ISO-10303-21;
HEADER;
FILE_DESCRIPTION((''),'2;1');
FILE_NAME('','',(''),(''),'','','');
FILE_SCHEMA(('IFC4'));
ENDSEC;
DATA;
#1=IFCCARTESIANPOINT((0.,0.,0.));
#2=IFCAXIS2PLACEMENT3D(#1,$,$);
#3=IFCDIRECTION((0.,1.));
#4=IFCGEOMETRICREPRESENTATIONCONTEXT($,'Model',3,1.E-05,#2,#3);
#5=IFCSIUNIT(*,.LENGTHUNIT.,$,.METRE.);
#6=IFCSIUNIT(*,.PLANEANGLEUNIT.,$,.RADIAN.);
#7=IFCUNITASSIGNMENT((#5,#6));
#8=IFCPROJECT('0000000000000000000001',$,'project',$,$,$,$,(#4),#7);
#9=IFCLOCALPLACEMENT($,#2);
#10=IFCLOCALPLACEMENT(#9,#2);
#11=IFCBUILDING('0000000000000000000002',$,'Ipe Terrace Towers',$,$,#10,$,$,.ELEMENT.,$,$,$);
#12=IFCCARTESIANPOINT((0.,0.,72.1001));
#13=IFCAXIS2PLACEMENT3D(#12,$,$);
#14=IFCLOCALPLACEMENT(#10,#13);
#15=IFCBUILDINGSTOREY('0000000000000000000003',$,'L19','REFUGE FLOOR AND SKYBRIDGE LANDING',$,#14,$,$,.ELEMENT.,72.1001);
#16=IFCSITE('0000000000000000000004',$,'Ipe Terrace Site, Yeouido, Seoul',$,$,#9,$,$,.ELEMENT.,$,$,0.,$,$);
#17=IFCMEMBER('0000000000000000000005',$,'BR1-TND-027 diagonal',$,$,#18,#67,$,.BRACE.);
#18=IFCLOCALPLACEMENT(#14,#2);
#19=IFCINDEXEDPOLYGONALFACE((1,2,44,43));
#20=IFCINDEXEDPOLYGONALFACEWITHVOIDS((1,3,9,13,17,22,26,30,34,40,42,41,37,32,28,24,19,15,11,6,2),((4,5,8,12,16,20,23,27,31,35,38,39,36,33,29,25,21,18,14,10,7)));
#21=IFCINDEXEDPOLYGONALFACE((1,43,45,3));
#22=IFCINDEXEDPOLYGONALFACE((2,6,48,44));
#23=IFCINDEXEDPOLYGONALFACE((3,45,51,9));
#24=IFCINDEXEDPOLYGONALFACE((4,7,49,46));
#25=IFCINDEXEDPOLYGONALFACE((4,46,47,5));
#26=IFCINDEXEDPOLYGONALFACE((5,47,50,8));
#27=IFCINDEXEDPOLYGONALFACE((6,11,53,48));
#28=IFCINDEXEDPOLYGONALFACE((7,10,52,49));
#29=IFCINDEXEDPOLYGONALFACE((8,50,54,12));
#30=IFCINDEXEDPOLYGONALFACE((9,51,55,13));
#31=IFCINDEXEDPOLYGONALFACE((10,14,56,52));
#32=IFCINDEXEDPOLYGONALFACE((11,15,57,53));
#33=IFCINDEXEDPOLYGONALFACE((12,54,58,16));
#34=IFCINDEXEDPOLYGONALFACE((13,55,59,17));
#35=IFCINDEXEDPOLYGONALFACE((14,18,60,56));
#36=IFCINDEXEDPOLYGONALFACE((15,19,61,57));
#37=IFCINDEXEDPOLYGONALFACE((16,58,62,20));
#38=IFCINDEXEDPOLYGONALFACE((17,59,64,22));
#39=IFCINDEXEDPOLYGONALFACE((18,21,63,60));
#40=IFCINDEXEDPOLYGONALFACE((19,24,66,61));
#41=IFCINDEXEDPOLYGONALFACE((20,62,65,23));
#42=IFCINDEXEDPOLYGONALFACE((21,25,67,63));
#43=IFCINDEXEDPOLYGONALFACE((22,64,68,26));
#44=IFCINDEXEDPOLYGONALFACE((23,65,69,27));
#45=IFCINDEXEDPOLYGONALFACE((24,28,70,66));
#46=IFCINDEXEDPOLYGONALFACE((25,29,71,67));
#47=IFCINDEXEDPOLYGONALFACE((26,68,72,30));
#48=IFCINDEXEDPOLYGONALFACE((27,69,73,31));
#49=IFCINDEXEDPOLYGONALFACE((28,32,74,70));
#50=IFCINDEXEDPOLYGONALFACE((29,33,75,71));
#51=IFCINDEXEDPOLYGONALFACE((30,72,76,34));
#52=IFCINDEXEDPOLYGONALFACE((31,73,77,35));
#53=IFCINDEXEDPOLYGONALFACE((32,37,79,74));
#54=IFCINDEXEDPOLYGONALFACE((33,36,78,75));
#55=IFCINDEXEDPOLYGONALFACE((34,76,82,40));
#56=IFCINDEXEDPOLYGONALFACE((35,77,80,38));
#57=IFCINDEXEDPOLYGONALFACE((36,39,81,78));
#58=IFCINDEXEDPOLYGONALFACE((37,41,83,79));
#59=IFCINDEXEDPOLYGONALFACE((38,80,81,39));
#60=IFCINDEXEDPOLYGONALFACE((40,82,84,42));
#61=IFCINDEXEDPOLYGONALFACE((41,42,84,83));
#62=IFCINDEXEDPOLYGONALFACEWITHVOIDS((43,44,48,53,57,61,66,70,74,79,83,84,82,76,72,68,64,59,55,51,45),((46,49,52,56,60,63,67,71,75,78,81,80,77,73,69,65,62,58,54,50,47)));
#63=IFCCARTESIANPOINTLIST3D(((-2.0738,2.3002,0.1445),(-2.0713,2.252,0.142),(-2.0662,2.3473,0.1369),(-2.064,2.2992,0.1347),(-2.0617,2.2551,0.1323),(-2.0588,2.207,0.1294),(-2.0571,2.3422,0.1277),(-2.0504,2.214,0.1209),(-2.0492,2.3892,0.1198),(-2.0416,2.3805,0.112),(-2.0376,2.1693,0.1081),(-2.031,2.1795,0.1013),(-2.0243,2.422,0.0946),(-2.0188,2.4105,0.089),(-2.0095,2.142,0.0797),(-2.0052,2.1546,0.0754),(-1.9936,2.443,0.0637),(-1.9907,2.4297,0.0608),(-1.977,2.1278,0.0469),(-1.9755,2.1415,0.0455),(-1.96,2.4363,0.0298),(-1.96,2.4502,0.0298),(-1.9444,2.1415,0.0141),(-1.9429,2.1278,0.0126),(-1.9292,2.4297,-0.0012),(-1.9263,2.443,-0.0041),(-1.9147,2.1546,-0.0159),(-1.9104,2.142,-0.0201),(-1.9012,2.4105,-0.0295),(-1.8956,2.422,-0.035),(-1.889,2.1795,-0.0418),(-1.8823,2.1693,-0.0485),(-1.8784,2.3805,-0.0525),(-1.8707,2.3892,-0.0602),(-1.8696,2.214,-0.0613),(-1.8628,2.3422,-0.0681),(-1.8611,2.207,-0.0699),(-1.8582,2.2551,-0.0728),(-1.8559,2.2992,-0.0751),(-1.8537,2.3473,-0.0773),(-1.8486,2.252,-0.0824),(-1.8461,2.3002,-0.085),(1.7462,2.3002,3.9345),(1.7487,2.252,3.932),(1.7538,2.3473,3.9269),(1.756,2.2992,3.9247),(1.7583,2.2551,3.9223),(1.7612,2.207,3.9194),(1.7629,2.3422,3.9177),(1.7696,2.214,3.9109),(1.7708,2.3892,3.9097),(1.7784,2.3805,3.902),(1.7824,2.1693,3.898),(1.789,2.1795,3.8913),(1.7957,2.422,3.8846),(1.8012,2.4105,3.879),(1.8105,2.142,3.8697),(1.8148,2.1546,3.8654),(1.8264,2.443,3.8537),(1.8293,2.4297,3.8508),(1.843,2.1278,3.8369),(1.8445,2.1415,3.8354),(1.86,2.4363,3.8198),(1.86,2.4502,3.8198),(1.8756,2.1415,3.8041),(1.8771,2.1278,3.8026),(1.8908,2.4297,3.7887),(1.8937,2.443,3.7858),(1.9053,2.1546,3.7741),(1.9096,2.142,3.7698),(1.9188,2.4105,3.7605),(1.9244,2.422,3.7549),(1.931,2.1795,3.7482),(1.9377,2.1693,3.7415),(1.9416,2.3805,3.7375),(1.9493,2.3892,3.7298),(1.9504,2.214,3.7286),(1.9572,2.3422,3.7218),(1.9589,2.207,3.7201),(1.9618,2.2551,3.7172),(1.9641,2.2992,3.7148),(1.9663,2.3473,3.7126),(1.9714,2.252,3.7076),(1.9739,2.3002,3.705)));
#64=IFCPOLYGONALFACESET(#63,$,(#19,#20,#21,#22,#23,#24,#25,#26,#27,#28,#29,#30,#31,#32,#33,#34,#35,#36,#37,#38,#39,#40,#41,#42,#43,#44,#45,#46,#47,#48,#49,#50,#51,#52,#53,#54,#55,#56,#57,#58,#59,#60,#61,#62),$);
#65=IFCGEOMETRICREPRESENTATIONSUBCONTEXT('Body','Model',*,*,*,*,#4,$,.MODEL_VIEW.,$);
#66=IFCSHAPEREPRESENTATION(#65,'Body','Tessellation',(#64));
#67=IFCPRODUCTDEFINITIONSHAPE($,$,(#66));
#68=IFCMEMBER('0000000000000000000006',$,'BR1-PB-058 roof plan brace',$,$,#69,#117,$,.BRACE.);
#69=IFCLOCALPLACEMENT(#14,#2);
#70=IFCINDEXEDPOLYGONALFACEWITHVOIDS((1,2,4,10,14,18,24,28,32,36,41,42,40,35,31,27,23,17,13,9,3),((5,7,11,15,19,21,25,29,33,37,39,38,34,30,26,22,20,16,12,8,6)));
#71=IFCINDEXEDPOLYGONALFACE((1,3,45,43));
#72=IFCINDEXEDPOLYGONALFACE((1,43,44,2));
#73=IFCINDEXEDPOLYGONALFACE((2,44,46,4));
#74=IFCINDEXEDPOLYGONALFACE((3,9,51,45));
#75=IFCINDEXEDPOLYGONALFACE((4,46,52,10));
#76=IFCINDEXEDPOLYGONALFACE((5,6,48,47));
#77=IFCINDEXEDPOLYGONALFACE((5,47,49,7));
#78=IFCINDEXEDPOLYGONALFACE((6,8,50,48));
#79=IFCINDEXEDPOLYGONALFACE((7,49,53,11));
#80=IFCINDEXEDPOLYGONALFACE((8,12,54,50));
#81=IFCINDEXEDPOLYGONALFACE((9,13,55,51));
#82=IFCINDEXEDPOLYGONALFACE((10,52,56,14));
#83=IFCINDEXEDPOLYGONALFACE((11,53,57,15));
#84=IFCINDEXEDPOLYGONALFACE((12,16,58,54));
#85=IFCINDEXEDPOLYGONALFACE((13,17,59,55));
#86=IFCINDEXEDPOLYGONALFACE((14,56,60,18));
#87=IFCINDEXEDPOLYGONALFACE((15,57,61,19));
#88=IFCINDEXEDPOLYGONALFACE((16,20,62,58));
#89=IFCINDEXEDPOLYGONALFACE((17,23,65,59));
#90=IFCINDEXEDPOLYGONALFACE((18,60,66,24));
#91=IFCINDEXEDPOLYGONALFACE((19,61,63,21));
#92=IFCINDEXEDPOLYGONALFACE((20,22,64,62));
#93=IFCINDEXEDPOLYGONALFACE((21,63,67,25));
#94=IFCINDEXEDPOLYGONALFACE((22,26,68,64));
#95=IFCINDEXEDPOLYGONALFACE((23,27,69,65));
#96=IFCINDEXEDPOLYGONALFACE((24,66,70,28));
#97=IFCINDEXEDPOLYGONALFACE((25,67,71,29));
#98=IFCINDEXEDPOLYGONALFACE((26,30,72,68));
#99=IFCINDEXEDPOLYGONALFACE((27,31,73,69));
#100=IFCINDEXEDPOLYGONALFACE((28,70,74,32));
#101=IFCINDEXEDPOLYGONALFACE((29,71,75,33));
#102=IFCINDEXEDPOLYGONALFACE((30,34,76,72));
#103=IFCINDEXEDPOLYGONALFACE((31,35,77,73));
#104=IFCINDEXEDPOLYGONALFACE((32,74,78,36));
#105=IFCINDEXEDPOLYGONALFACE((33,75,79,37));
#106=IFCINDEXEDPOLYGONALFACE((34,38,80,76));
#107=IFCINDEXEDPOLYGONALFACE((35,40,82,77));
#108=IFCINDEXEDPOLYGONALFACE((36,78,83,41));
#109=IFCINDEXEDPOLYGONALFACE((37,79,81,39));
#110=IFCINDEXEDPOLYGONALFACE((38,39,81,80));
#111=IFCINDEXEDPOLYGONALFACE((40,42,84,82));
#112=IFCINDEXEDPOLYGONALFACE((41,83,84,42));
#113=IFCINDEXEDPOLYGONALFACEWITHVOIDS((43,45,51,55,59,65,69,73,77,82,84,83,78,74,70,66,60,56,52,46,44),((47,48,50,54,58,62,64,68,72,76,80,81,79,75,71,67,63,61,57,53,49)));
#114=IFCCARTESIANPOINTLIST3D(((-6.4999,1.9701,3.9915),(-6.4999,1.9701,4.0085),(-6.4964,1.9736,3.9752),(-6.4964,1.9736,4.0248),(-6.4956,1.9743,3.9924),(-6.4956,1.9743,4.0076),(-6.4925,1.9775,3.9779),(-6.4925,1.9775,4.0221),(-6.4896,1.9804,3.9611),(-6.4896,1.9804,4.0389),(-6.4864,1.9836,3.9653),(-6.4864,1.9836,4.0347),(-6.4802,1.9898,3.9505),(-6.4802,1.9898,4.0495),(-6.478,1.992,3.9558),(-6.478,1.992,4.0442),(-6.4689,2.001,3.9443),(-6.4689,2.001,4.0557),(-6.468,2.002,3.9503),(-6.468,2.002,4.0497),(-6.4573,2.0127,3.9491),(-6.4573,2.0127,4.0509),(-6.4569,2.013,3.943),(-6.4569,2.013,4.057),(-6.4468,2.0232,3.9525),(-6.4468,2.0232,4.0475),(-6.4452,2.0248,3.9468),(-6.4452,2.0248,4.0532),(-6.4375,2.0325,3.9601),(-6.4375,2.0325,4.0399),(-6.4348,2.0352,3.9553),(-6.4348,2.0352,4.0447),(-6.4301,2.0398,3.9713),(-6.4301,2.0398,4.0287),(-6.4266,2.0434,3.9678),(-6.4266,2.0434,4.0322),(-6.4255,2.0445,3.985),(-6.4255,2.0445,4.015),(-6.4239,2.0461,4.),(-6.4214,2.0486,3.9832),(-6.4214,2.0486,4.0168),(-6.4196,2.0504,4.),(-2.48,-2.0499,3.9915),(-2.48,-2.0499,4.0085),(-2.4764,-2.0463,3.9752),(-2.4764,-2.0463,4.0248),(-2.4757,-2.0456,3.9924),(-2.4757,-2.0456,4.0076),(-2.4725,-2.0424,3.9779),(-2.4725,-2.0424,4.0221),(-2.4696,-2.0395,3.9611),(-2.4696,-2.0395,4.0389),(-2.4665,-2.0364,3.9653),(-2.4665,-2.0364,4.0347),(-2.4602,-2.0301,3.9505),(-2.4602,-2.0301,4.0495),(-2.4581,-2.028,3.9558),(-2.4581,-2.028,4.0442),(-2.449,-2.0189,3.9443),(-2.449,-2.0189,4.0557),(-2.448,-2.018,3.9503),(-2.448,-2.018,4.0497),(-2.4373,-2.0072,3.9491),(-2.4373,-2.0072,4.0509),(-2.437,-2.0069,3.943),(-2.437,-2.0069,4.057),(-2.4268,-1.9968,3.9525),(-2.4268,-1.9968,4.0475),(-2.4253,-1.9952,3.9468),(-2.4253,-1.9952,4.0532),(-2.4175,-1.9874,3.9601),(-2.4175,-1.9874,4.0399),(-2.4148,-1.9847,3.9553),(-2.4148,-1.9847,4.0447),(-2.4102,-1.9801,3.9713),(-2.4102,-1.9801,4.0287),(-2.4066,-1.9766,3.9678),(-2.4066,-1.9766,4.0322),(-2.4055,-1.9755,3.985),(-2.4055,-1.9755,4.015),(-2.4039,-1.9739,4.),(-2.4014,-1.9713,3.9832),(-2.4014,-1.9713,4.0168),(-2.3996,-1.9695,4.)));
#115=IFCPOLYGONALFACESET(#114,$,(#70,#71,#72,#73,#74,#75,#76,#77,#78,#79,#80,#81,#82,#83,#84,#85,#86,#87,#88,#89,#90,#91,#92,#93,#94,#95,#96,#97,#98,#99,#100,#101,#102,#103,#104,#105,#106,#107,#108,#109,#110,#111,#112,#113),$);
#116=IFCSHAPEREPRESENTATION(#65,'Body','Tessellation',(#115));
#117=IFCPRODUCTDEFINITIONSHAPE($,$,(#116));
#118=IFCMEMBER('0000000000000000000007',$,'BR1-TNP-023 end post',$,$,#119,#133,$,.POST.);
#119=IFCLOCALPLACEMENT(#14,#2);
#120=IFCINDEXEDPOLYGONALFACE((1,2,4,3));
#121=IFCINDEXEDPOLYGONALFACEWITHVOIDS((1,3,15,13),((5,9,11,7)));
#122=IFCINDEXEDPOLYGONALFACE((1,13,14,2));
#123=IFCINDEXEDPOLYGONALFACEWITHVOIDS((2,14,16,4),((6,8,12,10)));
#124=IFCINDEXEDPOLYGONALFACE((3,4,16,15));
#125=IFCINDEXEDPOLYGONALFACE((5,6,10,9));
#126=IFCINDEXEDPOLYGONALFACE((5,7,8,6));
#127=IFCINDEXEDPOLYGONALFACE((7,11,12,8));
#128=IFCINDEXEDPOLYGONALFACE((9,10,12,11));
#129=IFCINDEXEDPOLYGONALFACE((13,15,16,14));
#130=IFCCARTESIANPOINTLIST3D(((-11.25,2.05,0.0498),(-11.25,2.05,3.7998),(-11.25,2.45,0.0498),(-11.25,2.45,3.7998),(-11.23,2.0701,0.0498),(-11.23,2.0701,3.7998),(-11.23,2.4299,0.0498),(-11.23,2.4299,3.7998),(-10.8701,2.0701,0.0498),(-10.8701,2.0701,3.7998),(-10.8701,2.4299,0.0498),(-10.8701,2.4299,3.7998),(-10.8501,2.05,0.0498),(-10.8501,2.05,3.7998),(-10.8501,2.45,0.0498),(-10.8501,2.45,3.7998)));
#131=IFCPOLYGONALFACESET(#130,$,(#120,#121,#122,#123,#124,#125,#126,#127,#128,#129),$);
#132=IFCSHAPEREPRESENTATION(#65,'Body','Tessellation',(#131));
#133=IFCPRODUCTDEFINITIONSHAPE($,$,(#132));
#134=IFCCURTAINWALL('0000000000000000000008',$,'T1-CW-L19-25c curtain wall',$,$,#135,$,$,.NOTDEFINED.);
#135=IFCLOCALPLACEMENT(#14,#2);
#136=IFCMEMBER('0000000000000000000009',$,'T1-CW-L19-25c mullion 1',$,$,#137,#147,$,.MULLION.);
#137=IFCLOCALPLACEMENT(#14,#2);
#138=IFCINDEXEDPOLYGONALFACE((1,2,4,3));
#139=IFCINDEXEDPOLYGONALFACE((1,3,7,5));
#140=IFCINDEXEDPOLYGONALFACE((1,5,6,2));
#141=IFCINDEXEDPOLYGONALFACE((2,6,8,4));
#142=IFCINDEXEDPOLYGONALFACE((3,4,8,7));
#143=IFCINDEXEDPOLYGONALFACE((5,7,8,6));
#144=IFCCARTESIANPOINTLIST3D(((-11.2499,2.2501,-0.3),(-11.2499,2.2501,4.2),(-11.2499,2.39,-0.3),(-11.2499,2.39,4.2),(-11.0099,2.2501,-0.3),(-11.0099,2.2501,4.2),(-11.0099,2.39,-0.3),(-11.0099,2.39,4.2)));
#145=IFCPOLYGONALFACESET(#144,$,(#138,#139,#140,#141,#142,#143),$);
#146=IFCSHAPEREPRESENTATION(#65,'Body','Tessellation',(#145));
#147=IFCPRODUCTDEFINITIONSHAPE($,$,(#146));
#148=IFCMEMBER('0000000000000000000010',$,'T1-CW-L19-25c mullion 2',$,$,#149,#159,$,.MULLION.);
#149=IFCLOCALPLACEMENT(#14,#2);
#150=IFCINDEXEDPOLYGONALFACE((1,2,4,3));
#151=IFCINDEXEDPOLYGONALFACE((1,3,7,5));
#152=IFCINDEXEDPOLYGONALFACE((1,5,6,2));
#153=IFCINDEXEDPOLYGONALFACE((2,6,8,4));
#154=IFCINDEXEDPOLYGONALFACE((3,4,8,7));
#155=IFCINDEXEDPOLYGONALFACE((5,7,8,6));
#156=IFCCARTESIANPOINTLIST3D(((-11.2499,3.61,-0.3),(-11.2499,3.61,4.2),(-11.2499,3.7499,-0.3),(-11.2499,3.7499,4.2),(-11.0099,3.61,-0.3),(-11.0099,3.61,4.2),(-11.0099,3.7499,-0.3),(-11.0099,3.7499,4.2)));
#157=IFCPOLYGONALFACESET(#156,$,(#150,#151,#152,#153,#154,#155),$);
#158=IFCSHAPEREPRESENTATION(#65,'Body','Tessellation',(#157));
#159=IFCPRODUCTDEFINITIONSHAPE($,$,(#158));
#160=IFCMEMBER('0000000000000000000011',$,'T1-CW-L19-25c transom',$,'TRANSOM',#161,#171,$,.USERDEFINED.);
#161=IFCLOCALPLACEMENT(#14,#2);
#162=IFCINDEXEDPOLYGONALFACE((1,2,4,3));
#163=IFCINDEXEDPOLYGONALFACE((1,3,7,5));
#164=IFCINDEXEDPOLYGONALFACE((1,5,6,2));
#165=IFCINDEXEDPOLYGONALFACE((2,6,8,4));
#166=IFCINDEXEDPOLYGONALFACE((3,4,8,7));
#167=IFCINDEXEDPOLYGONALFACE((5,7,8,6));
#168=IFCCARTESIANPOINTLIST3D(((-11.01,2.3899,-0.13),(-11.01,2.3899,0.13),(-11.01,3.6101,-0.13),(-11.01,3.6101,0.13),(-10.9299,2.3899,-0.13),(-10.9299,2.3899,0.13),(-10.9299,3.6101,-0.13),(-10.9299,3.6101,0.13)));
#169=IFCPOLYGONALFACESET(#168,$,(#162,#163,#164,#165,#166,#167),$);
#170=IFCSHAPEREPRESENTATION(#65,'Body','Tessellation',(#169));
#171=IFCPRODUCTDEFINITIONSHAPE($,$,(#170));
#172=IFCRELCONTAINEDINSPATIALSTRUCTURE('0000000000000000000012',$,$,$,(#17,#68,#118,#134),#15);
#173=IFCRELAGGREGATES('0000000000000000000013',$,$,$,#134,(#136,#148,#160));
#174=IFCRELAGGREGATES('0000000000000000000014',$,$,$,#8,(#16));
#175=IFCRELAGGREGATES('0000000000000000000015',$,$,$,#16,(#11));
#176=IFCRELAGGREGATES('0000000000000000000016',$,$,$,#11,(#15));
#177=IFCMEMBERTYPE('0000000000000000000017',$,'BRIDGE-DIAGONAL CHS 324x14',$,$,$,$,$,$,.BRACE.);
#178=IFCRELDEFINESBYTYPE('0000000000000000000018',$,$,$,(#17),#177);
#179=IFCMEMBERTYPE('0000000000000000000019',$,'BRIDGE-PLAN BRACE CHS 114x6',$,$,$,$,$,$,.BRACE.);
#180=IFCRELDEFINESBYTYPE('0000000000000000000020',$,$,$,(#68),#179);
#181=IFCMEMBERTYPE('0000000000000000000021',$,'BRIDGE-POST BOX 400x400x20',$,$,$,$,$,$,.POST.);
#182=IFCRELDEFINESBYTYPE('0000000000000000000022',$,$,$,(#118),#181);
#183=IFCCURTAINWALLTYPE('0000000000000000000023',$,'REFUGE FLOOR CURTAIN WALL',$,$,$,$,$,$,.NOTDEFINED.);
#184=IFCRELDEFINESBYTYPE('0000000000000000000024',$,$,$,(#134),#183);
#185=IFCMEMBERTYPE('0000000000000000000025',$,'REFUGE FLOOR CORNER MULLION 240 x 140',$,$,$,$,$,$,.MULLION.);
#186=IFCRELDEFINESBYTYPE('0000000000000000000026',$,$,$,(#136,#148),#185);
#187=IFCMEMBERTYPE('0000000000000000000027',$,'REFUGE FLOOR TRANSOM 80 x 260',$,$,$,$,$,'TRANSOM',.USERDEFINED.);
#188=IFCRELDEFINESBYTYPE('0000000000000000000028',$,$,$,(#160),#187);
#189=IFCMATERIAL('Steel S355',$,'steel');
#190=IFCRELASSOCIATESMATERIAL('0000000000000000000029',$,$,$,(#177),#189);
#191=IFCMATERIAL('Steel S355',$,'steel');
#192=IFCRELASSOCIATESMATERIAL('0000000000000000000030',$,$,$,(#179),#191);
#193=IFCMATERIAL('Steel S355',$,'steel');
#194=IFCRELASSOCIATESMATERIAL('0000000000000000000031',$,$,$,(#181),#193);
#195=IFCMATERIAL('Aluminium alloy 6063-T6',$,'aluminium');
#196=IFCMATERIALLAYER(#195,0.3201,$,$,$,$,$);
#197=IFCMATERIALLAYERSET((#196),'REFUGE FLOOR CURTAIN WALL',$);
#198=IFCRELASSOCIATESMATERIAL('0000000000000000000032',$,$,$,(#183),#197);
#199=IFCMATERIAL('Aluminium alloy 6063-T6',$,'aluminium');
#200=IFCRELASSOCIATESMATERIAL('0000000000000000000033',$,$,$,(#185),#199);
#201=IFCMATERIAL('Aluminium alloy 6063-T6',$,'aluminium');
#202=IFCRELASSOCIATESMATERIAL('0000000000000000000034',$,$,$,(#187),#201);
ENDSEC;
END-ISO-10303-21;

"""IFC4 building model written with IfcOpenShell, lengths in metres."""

from ifc_helpers import new_model, si_unit, direction, frame, origin, origin_2d, place, context, subcontext, project, spatial, rectangle, hollow_rectangle, hollow_circle, extrude, material, layer, layer_set, material_profile, profile_set, type_object, element, aggregate, save


model = new_model("IFC4")

# Units and contexts
model_context = context("Model", 3, precision=1e-05, world=origin(), true_north=direction((0.0, 1.0)))
body_context = subcontext(model_context, "Body", "Model", "MODEL_VIEW")
ifc_project = project(units=[si_unit("LENGTHUNIT", "METRE"), si_unit("PLANEANGLEUNIT", "RADIAN")], contexts=[model_context])

# Site, building, storey
site_placement = place(None, origin())
site = spatial("IfcSite", under=ifc_project, at=site_placement, Name="Ipe Terrace Site, Yeouido, Seoul", CompositionType="ELEMENT", RefElevation=0.0)
building_placement = place(site_placement, origin())
building = spatial("IfcBuilding", under=site, at=building_placement, Name="Ipe Terrace Towers", CompositionType="ELEMENT")
storey_placement = place(building_placement, frame((0.0, 0.0, 72.1001)))
storey = spatial("IfcBuildingStorey", under=building, at=storey_placement, Name="L19", Description="REFUGE FLOOR AND SKYBRIDGE LANDING", CompositionType="ELEMENT", Elevation=72.1001)

# Members
ifc_material_1 = material(Name="Steel S355", Category="steel")
ifc_material_profile_1 = material_profile(ifc_material_1, hollow_circle(Radius=0.1621, WallThickness=0.0139, at=origin_2d()), Name="BRIDGE-DIAGONAL CHS 324x14")
ifc_profile_set_1 = profile_set([ifc_material_profile_1], Name="Steel S355")
member_type_1 = type_object("IfcMemberType", Name="BRIDGE-DIAGONAL CHS 324x14", PredefinedType="BRACE", material=ifc_profile_set_1)
for number, where, z_axis, x_axis, name in (
    (1, (-1.96, 2.2881, 0.0298), (0.709891, 0.0, 0.704311), (0.0, 1.0, 0.0), "BR1-TND-027 diagonal"),
):
    element("IfcMember", number, at=place(storey_placement, frame(where, z_axis=z_axis, x_axis=x_axis)), inside=storey, type_object=member_type_1, Name=name, PredefinedType="BRACE", context=body_context, shape_type="SweptSolid", body=[
        extrude(hollow_circle(Radius=0.1621, WallThickness=0.0139, at=origin_2d()), origin(), (0.0, 0.0, 1.0), 5.3811),
    ])
ifc_material_2 = material(Name="Steel S355", Category="steel")
ifc_material_profile_2 = material_profile(ifc_material_2, hollow_circle(Radius=0.0571, WallThickness=0.0061, at=origin_2d()), Name="BRIDGE-PLAN BRACE CHS 114x6")
ifc_profile_set_2 = profile_set([ifc_material_profile_2], Name="Steel S355")
member_type_2 = type_object("IfcMemberType", Name="BRIDGE-PLAN BRACE CHS 114x6", PredefinedType="BRACE", material=ifc_profile_set_2)
member_1_placement = place(storey_placement, frame((-6.46, 2.01, 4.0), z_axis=(0.707107, -0.707107, 0.0), x_axis=(0.707107, 0.707107, 0.0)))
element("IfcMember", 2, at=member_1_placement, inside=storey, type_object=member_type_2, Name="BR1-PB-058 roof plan brace", PredefinedType="BRACE", context=body_context, shape_type="SweptSolid", body=[
    extrude(hollow_circle(Radius=0.0571, WallThickness=0.0061, at=origin_2d()), origin(), (0.0, 0.0, 1.0), 5.6851),
])
ifc_material_3 = material(Name="Steel S355", Category="steel")
ifc_material_profile_3 = material_profile(ifc_material_3, hollow_rectangle(XDim=0.3999, YDim=0.3999, WallThickness=0.02, at=origin_2d()), Name="BRIDGE-POST BOX 400x400x20")
ifc_profile_set_3 = profile_set([ifc_material_profile_3], Name="Steel S355")
member_type_3 = type_object("IfcMemberType", Name="BRIDGE-POST BOX 400x400x20", PredefinedType="POST", material=ifc_profile_set_3)
member_2_placement = place(storey_placement, frame((-11.05, 2.25, 0.0498), z_axis=(0.0, 0.0, 1.0), x_axis=(1.0, 0.0, 0.0)))
element("IfcMember", 3, at=member_2_placement, inside=storey, type_object=member_type_3, Name="BR1-TNP-023 end post", PredefinedType="POST", context=body_context, shape_type="SweptSolid", body=[
    extrude(hollow_rectangle(XDim=0.3999, YDim=0.3999, WallThickness=0.02, at=origin_2d()), origin(), (0.0, 0.0, 1.0), 3.75),
])

# Curtain wall, members
ifc_material_4 = material(Name="Aluminium alloy 6063-T6", Category="aluminium")
ifc_layer_1 = layer(ifc_material_4, 0.3201)
ifc_layer_set_1 = layer_set([ifc_layer_1], Name="REFUGE FLOOR CURTAIN WALL")
curtain_wall_type_1 = type_object("IfcCurtainWallType", Name="REFUGE FLOOR CURTAIN WALL", PredefinedType="NOTDEFINED", material=ifc_layer_set_1)
curtain_wall_1_placement = place(storey_placement, origin())
curtain_wall_1 = element("IfcCurtainWall", 4, at=curtain_wall_1_placement, inside=storey, type_object=curtain_wall_type_1, Name="T1-CW-L19-25c curtain wall", PredefinedType="NOTDEFINED")
ifc_material_5 = material(Name="Aluminium alloy 6063-T6", Category="aluminium")
ifc_material_profile_4 = material_profile(ifc_material_5, rectangle(XDim=0.24, YDim=0.1399, at=origin_2d()), Name="REFUGE FLOOR CORNER MULLION 240 x 140")
ifc_profile_set_4 = profile_set([ifc_material_profile_4], Name="Aluminium alloy 6063-T6")
member_type_4 = type_object("IfcMemberType", Name="REFUGE FLOOR CORNER MULLION 240 x 140", PredefinedType="MULLION", material=ifc_profile_set_4)
member_3_placement = place(storey_placement, frame((-11.1299, 2.3201, -0.3), z_axis=(0.0, 0.0, 1.0), x_axis=(1.0, 0.0, 0.0)))
member_3 = element("IfcMember", 5, at=member_3_placement, type_object=member_type_4, Name="T1-CW-L19-25c mullion 1", PredefinedType="MULLION", context=body_context, shape_type="SweptSolid", body=[
    extrude(rectangle(XDim=0.24, YDim=0.1399, at=origin_2d()), origin(), (0.0, 0.0, 1.0), 4.5),
])
member_4_placement = place(storey_placement, frame((-11.1299, 3.6799, -0.3), z_axis=(0.0, 0.0, 1.0), x_axis=(1.0, 0.0, 0.0)))
member_4 = element("IfcMember", 6, at=member_4_placement, type_object=member_type_4, Name="T1-CW-L19-25c mullion 2", PredefinedType="MULLION", context=body_context, shape_type="SweptSolid", body=[
    extrude(rectangle(XDim=0.24, YDim=0.1399, at=origin_2d()), origin(), (0.0, 0.0, 1.0), 4.5),
])
ifc_material_6 = material(Name="Aluminium alloy 6063-T6", Category="aluminium")
ifc_material_profile_5 = material_profile(ifc_material_6, rectangle(XDim=0.0801, YDim=0.26, at=origin_2d()), Name="REFUGE FLOOR TRANSOM 80 x 260")
ifc_profile_set_5 = profile_set([ifc_material_profile_5], Name="Aluminium alloy 6063-T6")
member_type_5 = type_object("IfcMemberType", Name="REFUGE FLOOR TRANSOM 80 x 260", ElementType="TRANSOM", PredefinedType="USERDEFINED", material=ifc_profile_set_5)
member_5_placement = place(storey_placement, frame((-10.97, 2.3899, 0.0), z_axis=(0.0, 1.0, 0.0), x_axis=(1.0, 0.0, 0.0)))
member_5 = element("IfcMember", 7, at=member_5_placement, type_object=member_type_5, Name="T1-CW-L19-25c transom", ObjectType="TRANSOM", PredefinedType="USERDEFINED", context=body_context, shape_type="SweptSolid", body=[
    extrude(rectangle(XDim=0.0801, YDim=0.26, at=origin_2d()), origin(), (0.0, 0.0, 1.0), 1.2202),
])

aggregate(curtain_wall_1, [member_3, member_4, member_5])

save(model, "model.ifc")
